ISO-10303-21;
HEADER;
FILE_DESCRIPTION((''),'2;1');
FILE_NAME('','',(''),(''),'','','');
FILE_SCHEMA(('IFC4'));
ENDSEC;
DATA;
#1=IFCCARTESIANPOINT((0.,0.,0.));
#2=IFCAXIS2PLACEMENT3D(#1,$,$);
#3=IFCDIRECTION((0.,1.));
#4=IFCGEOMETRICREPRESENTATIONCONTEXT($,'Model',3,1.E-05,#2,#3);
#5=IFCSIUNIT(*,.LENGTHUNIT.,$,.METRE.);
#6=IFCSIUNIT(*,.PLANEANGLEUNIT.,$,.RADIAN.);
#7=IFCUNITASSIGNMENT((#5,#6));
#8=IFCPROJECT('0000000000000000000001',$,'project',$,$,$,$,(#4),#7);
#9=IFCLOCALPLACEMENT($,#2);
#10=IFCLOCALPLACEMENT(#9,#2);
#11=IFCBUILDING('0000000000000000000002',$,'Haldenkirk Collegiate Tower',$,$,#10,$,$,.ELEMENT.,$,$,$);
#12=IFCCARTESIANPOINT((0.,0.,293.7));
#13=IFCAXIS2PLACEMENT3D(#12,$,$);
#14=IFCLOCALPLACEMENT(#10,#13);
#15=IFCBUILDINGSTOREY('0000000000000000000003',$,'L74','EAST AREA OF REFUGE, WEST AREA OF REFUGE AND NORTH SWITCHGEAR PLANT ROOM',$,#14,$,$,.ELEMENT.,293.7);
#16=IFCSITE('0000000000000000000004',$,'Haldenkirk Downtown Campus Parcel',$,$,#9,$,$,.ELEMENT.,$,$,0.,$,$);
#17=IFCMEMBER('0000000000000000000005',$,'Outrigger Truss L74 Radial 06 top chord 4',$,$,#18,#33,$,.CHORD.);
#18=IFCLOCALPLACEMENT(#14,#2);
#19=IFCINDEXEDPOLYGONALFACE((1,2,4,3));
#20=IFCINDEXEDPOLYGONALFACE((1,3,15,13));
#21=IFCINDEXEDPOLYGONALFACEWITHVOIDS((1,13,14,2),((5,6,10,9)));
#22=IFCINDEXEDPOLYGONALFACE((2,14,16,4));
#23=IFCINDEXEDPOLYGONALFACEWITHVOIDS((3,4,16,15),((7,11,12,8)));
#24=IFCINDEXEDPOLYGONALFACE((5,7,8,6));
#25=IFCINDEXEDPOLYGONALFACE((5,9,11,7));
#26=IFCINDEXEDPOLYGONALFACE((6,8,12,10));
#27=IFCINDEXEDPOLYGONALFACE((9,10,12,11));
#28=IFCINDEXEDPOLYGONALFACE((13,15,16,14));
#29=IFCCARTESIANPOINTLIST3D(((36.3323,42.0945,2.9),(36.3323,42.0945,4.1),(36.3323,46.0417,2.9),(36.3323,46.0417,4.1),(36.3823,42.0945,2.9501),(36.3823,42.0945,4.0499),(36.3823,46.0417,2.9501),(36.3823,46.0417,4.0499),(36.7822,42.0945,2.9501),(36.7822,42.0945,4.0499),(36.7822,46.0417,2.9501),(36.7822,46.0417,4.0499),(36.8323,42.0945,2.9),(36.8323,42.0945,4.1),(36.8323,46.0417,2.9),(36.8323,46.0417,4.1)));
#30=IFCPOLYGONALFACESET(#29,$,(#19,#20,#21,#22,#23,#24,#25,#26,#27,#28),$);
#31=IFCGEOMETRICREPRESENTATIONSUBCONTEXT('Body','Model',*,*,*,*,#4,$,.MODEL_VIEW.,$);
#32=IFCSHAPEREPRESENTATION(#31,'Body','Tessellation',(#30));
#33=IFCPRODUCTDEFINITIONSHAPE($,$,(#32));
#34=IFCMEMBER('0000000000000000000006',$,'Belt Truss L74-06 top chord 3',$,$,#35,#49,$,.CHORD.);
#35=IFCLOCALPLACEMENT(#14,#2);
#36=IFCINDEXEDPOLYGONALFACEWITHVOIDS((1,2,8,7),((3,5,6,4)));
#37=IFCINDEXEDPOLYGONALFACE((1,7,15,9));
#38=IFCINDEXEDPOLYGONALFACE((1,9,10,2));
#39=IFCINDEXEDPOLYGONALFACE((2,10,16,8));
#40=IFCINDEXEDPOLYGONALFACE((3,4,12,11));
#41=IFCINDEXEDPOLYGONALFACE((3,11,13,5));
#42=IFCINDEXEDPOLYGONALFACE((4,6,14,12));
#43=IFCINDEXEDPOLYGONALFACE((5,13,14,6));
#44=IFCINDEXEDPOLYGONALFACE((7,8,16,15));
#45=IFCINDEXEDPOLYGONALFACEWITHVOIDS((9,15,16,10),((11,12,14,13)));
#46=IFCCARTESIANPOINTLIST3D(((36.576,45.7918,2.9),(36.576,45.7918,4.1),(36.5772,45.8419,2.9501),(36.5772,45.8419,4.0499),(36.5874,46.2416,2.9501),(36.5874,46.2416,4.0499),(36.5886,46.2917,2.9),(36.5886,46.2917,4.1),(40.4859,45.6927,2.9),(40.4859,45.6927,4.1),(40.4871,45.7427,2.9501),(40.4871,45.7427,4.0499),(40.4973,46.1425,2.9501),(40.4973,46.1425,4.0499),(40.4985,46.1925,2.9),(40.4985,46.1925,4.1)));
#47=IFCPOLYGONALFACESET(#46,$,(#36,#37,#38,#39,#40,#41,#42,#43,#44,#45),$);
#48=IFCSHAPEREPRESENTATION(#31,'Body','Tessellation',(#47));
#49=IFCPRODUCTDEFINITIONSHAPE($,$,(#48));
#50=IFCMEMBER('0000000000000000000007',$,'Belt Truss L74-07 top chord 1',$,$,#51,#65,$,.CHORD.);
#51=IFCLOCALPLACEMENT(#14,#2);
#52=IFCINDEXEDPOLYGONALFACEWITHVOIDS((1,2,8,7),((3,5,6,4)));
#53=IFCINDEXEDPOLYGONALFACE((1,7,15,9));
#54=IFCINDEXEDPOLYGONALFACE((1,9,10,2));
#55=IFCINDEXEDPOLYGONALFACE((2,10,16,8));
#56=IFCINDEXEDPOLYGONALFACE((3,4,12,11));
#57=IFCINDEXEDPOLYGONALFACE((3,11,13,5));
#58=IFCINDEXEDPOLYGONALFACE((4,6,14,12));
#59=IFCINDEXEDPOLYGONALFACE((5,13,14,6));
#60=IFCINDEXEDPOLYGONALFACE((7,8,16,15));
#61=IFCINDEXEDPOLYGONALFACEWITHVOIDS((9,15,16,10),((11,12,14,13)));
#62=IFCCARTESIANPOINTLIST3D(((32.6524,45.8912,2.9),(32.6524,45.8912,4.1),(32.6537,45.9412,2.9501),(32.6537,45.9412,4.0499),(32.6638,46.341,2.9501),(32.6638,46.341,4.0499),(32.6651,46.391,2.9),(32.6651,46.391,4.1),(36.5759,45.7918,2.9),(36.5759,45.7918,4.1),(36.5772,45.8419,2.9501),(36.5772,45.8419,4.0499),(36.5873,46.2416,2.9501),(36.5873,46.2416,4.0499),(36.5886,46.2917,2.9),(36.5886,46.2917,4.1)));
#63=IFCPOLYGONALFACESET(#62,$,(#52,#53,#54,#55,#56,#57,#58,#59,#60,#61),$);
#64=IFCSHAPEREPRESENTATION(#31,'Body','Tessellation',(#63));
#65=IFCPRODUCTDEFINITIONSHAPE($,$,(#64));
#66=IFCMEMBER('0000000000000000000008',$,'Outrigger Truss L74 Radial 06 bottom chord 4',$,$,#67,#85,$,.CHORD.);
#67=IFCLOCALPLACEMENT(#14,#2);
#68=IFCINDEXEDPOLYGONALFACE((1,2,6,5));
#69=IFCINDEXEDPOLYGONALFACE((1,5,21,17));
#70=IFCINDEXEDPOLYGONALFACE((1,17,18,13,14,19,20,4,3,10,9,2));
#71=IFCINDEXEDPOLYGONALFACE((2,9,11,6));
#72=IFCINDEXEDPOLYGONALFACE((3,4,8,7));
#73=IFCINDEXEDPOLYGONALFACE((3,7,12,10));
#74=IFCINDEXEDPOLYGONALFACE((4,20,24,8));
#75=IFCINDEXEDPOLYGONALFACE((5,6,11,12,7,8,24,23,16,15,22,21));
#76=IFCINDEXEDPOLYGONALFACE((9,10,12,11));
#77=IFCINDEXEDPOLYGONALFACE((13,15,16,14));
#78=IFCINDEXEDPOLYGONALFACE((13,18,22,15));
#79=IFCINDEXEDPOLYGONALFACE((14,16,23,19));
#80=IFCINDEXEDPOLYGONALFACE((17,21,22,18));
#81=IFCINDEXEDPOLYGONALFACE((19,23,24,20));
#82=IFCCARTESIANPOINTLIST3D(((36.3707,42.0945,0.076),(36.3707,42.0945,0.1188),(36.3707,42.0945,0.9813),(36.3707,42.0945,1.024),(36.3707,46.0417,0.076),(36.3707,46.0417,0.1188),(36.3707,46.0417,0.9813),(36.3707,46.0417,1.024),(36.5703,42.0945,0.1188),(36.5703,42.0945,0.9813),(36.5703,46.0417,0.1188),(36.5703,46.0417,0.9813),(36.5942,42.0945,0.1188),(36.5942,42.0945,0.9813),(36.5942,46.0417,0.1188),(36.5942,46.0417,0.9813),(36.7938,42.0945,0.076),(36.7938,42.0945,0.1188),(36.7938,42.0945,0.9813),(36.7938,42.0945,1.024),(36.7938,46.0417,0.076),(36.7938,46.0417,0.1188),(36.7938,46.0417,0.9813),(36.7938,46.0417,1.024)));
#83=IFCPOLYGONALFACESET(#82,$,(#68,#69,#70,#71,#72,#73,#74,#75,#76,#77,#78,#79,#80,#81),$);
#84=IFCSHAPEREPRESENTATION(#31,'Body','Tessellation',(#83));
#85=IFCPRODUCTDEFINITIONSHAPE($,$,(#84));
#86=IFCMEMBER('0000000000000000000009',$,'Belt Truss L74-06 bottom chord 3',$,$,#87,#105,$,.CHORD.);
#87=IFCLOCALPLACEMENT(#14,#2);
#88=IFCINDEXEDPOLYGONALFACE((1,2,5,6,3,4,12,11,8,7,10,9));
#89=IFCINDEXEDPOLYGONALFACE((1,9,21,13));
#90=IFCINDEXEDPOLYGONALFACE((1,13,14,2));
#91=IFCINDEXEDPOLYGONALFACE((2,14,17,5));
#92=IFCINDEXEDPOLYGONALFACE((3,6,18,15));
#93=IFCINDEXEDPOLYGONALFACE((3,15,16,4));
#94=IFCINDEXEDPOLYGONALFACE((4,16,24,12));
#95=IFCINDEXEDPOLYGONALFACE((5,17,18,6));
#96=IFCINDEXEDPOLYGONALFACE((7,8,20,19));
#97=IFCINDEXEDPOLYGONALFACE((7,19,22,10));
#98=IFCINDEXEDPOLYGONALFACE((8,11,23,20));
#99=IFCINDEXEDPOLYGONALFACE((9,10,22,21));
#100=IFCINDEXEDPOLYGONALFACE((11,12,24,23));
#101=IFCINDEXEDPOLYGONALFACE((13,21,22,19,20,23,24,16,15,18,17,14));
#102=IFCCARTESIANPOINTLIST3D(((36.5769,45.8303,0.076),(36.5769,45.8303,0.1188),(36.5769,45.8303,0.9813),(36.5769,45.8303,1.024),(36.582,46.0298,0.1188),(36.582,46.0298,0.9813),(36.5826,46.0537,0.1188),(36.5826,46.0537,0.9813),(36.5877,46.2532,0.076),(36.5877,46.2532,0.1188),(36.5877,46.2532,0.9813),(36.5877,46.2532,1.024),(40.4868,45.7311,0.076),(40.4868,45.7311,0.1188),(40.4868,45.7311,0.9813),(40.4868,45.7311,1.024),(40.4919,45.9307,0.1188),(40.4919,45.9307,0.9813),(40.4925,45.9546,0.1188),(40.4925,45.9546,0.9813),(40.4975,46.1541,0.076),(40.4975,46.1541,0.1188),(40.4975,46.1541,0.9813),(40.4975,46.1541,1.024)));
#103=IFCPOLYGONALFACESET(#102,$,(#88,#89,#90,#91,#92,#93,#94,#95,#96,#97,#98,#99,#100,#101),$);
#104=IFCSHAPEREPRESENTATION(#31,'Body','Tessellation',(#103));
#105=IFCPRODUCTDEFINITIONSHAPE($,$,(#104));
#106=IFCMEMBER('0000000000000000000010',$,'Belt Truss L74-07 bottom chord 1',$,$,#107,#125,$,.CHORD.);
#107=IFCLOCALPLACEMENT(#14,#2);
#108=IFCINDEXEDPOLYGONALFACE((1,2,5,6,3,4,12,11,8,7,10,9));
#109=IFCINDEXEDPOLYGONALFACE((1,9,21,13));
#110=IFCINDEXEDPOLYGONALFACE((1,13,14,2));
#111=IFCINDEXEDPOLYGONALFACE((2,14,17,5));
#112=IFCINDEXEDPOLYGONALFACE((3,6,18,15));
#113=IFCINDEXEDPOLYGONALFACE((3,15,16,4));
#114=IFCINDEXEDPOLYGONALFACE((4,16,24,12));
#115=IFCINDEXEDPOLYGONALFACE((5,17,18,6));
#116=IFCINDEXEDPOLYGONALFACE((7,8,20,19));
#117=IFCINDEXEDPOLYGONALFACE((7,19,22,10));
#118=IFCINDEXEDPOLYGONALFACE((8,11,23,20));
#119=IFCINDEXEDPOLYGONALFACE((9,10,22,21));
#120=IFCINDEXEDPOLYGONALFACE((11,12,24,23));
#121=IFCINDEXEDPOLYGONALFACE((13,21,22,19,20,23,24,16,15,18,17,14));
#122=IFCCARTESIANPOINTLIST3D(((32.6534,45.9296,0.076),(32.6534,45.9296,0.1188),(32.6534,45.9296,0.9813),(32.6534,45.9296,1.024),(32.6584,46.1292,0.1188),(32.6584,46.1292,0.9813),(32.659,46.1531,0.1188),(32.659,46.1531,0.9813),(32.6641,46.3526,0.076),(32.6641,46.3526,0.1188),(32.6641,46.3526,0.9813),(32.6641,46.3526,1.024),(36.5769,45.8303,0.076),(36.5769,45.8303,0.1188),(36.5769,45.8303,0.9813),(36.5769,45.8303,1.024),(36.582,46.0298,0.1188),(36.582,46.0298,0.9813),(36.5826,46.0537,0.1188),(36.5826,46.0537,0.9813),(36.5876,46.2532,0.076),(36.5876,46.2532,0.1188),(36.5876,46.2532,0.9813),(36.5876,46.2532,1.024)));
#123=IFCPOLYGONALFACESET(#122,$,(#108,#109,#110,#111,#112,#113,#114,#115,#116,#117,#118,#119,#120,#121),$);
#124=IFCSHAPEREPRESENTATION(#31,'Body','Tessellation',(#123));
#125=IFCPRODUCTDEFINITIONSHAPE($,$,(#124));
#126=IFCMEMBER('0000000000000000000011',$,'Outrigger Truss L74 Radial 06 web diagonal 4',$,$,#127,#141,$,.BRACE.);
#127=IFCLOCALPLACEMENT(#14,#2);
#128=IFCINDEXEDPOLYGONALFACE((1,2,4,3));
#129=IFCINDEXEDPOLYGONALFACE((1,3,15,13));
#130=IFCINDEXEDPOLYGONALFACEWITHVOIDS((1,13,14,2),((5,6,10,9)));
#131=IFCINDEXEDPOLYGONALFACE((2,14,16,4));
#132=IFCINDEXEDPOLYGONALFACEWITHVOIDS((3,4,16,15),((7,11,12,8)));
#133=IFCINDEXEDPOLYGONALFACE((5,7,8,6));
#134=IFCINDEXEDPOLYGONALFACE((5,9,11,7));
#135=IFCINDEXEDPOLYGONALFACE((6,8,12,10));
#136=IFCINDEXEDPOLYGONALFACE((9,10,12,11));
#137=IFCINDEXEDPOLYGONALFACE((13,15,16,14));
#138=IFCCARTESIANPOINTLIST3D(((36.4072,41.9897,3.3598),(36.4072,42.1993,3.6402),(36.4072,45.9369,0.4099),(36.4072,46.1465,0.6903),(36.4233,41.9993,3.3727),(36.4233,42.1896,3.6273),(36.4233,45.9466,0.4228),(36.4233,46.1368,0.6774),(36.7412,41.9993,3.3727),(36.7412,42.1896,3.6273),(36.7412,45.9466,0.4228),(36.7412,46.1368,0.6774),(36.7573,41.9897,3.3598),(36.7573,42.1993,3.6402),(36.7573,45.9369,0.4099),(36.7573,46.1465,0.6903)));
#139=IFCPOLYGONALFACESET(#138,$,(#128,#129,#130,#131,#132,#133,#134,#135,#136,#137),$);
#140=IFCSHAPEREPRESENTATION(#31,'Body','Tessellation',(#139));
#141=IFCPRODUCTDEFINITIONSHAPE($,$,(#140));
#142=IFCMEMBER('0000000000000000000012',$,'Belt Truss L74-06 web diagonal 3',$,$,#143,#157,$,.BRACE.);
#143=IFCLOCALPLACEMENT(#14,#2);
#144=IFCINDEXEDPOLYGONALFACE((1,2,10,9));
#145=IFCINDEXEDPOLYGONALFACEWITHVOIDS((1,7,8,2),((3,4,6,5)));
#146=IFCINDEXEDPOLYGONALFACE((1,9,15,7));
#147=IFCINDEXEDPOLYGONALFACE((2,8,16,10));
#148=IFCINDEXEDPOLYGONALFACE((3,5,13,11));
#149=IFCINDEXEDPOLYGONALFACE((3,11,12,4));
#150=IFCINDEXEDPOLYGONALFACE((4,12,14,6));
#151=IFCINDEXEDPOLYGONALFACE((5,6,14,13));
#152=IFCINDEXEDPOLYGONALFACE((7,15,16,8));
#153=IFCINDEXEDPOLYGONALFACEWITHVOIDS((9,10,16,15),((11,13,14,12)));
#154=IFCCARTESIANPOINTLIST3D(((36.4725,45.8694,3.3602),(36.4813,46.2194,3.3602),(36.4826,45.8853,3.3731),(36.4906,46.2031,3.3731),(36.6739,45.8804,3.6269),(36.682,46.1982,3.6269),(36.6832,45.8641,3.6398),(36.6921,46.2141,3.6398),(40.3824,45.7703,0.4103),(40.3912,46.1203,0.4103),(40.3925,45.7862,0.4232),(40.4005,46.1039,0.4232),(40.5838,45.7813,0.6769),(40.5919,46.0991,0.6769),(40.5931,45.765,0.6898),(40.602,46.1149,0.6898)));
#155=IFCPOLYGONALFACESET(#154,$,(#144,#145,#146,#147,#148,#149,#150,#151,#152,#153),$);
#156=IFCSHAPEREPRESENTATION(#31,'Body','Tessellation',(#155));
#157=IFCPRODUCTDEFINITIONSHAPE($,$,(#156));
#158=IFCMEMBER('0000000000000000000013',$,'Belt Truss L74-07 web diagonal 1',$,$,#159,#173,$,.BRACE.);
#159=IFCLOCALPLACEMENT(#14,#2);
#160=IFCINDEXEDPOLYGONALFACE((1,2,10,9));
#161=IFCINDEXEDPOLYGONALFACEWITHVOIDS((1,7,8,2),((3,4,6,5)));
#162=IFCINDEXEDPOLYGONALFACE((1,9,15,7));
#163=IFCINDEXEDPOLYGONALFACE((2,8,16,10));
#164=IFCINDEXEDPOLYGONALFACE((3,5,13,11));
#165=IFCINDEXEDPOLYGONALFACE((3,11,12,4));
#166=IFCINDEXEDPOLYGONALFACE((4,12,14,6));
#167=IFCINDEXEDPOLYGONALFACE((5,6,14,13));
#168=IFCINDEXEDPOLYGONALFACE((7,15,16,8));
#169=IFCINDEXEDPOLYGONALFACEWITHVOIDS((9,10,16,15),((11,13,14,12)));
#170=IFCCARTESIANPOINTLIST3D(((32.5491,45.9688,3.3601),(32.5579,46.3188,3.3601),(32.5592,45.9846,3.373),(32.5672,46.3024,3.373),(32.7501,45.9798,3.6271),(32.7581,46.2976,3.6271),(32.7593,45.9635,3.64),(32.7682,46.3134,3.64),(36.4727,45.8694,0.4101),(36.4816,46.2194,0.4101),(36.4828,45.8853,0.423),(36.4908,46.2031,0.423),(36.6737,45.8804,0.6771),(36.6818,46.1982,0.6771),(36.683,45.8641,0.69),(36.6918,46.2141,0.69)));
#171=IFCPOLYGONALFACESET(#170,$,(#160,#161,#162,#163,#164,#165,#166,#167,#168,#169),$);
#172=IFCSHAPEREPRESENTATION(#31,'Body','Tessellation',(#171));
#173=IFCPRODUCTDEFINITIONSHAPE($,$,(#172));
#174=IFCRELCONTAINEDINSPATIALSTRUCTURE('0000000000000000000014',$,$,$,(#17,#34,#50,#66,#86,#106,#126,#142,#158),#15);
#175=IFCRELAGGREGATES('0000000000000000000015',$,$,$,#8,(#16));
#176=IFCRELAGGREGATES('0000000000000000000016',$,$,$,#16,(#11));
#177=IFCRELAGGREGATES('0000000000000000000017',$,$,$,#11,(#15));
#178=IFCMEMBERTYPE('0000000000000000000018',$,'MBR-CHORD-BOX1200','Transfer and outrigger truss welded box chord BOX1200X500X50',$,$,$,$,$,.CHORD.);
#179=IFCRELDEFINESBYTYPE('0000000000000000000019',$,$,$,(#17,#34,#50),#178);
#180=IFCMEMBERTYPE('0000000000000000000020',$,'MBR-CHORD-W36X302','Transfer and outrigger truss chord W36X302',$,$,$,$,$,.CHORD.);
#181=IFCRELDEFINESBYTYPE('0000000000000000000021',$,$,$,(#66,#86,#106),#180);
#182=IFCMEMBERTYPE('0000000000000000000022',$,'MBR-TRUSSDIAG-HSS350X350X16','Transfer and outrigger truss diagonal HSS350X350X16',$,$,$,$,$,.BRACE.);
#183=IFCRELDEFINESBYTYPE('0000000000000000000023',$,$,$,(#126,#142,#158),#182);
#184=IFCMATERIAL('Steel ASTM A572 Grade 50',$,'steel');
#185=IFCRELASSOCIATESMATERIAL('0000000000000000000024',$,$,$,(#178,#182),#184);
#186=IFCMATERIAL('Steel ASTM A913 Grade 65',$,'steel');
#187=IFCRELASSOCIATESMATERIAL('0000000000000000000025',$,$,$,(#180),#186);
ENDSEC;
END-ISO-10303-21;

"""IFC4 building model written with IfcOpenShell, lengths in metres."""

from ifc_helpers import new_model, si_unit, direction, frame, origin, origin_2d, place, context, subcontext, project, spatial, hollow_rectangle, i_section, extrude, material, material_profile, profile_set, type_object, element, save


model = new_model("IFC4")

# Units and contexts
model_context = context("Model", 3, precision=1e-05, world=origin(), true_north=direction((0.0, 1.0)))
body_context = subcontext(model_context, "Body", "Model", "MODEL_VIEW")
ifc_project = project(units=[si_unit("LENGTHUNIT", "METRE"), si_unit("PLANEANGLEUNIT", "RADIAN")], contexts=[model_context])

# Site, building, storey
site_placement = place(None, origin())
site = spatial("IfcSite", under=ifc_project, at=site_placement, Name="Haldenkirk Downtown Campus Parcel", CompositionType="ELEMENT", RefElevation=0.0)
building_placement = place(site_placement, origin())
building = spatial("IfcBuilding", under=site, at=building_placement, Name="Haldenkirk Collegiate Tower", CompositionType="ELEMENT")
storey_placement = place(building_placement, frame((0.0, 0.0, 293.7)))
storey = spatial("IfcBuildingStorey", under=building, at=storey_placement, Name="L74", Description="EAST AREA OF REFUGE, WEST AREA OF REFUGE AND NORTH SWITCHGEAR PLANT ROOM", CompositionType="ELEMENT", Elevation=293.7)

# Members
ifc_material_1 = material(Name="Steel ASTM A572 Grade 50", Category="steel")
ifc_material_profile_1 = material_profile(ifc_material_1, hollow_rectangle(XDim=0.5, YDim=1.2, WallThickness=0.05, at=origin_2d()), Name="BOX1200X500X50")
ifc_profile_set_1 = profile_set([ifc_material_profile_1], Name="Steel ASTM A572 Grade 50")
member_type_1 = type_object("IfcMemberType", Name="MBR-CHORD-BOX1200", Description="Transfer and outrigger truss welded box chord BOX1200X500X50", PredefinedType="CHORD", material=ifc_profile_set_1)
member_1_placement = place(storey_placement, frame((36.5823, 42.0945, 3.5), z_axis=(0.0, 1.0, 0.0), x_axis=(-1.0, 0.0, 0.0)))
element("IfcMember", 1, at=member_1_placement, inside=storey, type_object=member_type_1, Name="Outrigger Truss L74 Radial 06 top chord 4", PredefinedType="CHORD", context=body_context, shape_type="SweptSolid", body=[
    extrude(hollow_rectangle(XDim=0.5, YDim=1.2, WallThickness=0.05, at=origin_2d()), origin(), (0.0, 0.0, 1.0), 3.9473),
])
member_2_placement = place(storey_placement, frame((40.4922, 45.9426, 3.5), z_axis=(-0.999679, 0.025343, 0.0), x_axis=(-0.025343, -0.999679, 0.0)))
element("IfcMember", 2, at=member_2_placement, inside=storey, type_object=member_type_1, Name="Belt Truss L74-06 top chord 3", PredefinedType="CHORD", context=body_context, shape_type="SweptSolid", body=[
    extrude(hollow_rectangle(XDim=0.5, YDim=1.2, WallThickness=0.05, at=origin_2d()), origin(), (0.0, 0.0, 1.0), 3.9111),
])
member_3_placement = place(storey_placement, frame((36.5823, 46.0417, 3.5), z_axis=(-0.999679, 0.025317, 0.0), x_axis=(-0.025317, -0.999679, 0.0)))
element("IfcMember", 3, at=member_3_placement, inside=storey, type_object=member_type_1, Name="Belt Truss L74-07 top chord 1", PredefinedType="CHORD", context=body_context, shape_type="SweptSolid", body=[
    extrude(hollow_rectangle(XDim=0.5, YDim=1.2, WallThickness=0.05, at=origin_2d()), origin(), (0.0, 0.0, 1.0), 3.9248),
])
ifc_material_2 = material(Name="Steel ASTM A913 Grade 65", Category="steel")
ifc_material_profile_2 = material_profile(ifc_material_2, i_section(OverallWidth=0.4231, OverallDepth=0.948, WebThickness=0.0239, FlangeThickness=0.0427, at=origin_2d()), Name="W36X302")
ifc_profile_set_2 = profile_set([ifc_material_profile_2], Name="Steel ASTM A913 Grade 65")
member_type_2 = type_object("IfcMemberType", Name="MBR-CHORD-W36X302", Description="Transfer and outrigger truss chord W36X302", PredefinedType="CHORD", material=ifc_profile_set_2)
member_4_placement = place(storey_placement, frame((36.5823, 42.0945, 0.55), z_axis=(0.0, 1.0, 0.0), x_axis=(-1.0, 0.0, 0.0)))
element("IfcMember", 4, at=member_4_placement, inside=storey, type_object=member_type_2, Name="Outrigger Truss L74 Radial 06 bottom chord 4", PredefinedType="CHORD", context=body_context, shape_type="SweptSolid", body=[
    extrude(i_section(OverallWidth=0.4231, OverallDepth=0.948, WebThickness=0.0239, FlangeThickness=0.0427, at=origin_2d()), origin(), (0.0, 0.0, 1.0), 3.9473),
])
member_5_placement = place(storey_placement, frame((40.4922, 45.9426, 0.55), z_axis=(-0.999679, 0.025343, 0.0), x_axis=(-0.025343, -0.999679, 0.0)))
element("IfcMember", 5, at=member_5_placement, inside=storey, type_object=member_type_2, Name="Belt Truss L74-06 bottom chord 3", PredefinedType="CHORD", context=body_context, shape_type="SweptSolid", body=[
    extrude(i_section(OverallWidth=0.4231, OverallDepth=0.948, WebThickness=0.0239, FlangeThickness=0.0427, at=origin_2d()), origin(), (0.0, 0.0, 1.0), 3.9111),
])
member_6_placement = place(storey_placement, frame((36.5823, 46.0417, 0.55), z_axis=(-0.999679, 0.025317, 0.0), x_axis=(-0.025317, -0.999679, 0.0)))
element("IfcMember", 6, at=member_6_placement, inside=storey, type_object=member_type_2, Name="Belt Truss L74-07 bottom chord 1", PredefinedType="CHORD", context=body_context, shape_type="SweptSolid", body=[
    extrude(i_section(OverallWidth=0.4231, OverallDepth=0.948, WebThickness=0.0239, FlangeThickness=0.0427, at=origin_2d()), origin(), (0.0, 0.0, 1.0), 3.9248),
])
ifc_material_profile_3 = material_profile(ifc_material_1, hollow_rectangle(XDim=0.3501, YDim=0.3501, WallThickness=0.0161, at=origin_2d()), Name="HSS350X350X16")
ifc_profile_set_3 = profile_set([ifc_material_profile_3], Name="Steel ASTM A572 Grade 50")
member_type_3 = type_object("IfcMemberType", Name="MBR-TRUSSDIAG-HSS350X350X16", Description="Transfer and outrigger truss diagonal HSS350X350X16", PredefinedType="BRACE", material=ifc_profile_set_3)
member_7_placement = place(storey_placement, frame((36.5823, 42.0945, 3.5), z_axis=(0.0, 0.801021, -0.598636), x_axis=(-1.0, 0.0, 0.0)))
element("IfcMember", 7, at=member_7_placement, inside=storey, type_object=member_type_3, Name="Outrigger Truss L74 Radial 06 web diagonal 4", PredefinedType="BRACE", context=body_context, shape_type="SweptSolid", body=[
    extrude(hollow_rectangle(XDim=0.3501, YDim=0.3501, WallThickness=0.0161, at=origin_2d()), origin(), (0.0, 0.0, 1.0), 4.9277),
])
member_8_placement = place(storey_placement, frame((40.4922, 45.9426, 0.55), z_axis=(-0.798117, 0.020233, 0.602163), x_axis=(-0.025343, -0.999679, 0.0)))
element("IfcMember", 8, at=member_8_placement, inside=storey, type_object=member_type_3, Name="Belt Truss L74-06 web diagonal 3", PredefinedType="BRACE", context=body_context, shape_type="SweptSolid", body=[
    extrude(hollow_rectangle(XDim=0.3501, YDim=0.3501, WallThickness=0.0161, at=origin_2d()), origin(), (0.0, 0.0, 1.0), 4.8989),
])
member_9_placement = place(storey_placement, frame((36.5823, 46.0417, 0.55), z_axis=(-0.799126, 0.020238, 0.600823), x_axis=(-0.025317, -0.999679, 0.0)))
element("IfcMember", 9, at=member_9_placement, inside=storey, type_object=member_type_3, Name="Belt Truss L74-07 web diagonal 1", PredefinedType="BRACE", context=body_context, shape_type="SweptSolid", body=[
    extrude(hollow_rectangle(XDim=0.3501, YDim=0.3501, WallThickness=0.0161, at=origin_2d()), origin(), (0.0, 0.0, 1.0), 4.9099),
])

save(model, "model.ifc")
